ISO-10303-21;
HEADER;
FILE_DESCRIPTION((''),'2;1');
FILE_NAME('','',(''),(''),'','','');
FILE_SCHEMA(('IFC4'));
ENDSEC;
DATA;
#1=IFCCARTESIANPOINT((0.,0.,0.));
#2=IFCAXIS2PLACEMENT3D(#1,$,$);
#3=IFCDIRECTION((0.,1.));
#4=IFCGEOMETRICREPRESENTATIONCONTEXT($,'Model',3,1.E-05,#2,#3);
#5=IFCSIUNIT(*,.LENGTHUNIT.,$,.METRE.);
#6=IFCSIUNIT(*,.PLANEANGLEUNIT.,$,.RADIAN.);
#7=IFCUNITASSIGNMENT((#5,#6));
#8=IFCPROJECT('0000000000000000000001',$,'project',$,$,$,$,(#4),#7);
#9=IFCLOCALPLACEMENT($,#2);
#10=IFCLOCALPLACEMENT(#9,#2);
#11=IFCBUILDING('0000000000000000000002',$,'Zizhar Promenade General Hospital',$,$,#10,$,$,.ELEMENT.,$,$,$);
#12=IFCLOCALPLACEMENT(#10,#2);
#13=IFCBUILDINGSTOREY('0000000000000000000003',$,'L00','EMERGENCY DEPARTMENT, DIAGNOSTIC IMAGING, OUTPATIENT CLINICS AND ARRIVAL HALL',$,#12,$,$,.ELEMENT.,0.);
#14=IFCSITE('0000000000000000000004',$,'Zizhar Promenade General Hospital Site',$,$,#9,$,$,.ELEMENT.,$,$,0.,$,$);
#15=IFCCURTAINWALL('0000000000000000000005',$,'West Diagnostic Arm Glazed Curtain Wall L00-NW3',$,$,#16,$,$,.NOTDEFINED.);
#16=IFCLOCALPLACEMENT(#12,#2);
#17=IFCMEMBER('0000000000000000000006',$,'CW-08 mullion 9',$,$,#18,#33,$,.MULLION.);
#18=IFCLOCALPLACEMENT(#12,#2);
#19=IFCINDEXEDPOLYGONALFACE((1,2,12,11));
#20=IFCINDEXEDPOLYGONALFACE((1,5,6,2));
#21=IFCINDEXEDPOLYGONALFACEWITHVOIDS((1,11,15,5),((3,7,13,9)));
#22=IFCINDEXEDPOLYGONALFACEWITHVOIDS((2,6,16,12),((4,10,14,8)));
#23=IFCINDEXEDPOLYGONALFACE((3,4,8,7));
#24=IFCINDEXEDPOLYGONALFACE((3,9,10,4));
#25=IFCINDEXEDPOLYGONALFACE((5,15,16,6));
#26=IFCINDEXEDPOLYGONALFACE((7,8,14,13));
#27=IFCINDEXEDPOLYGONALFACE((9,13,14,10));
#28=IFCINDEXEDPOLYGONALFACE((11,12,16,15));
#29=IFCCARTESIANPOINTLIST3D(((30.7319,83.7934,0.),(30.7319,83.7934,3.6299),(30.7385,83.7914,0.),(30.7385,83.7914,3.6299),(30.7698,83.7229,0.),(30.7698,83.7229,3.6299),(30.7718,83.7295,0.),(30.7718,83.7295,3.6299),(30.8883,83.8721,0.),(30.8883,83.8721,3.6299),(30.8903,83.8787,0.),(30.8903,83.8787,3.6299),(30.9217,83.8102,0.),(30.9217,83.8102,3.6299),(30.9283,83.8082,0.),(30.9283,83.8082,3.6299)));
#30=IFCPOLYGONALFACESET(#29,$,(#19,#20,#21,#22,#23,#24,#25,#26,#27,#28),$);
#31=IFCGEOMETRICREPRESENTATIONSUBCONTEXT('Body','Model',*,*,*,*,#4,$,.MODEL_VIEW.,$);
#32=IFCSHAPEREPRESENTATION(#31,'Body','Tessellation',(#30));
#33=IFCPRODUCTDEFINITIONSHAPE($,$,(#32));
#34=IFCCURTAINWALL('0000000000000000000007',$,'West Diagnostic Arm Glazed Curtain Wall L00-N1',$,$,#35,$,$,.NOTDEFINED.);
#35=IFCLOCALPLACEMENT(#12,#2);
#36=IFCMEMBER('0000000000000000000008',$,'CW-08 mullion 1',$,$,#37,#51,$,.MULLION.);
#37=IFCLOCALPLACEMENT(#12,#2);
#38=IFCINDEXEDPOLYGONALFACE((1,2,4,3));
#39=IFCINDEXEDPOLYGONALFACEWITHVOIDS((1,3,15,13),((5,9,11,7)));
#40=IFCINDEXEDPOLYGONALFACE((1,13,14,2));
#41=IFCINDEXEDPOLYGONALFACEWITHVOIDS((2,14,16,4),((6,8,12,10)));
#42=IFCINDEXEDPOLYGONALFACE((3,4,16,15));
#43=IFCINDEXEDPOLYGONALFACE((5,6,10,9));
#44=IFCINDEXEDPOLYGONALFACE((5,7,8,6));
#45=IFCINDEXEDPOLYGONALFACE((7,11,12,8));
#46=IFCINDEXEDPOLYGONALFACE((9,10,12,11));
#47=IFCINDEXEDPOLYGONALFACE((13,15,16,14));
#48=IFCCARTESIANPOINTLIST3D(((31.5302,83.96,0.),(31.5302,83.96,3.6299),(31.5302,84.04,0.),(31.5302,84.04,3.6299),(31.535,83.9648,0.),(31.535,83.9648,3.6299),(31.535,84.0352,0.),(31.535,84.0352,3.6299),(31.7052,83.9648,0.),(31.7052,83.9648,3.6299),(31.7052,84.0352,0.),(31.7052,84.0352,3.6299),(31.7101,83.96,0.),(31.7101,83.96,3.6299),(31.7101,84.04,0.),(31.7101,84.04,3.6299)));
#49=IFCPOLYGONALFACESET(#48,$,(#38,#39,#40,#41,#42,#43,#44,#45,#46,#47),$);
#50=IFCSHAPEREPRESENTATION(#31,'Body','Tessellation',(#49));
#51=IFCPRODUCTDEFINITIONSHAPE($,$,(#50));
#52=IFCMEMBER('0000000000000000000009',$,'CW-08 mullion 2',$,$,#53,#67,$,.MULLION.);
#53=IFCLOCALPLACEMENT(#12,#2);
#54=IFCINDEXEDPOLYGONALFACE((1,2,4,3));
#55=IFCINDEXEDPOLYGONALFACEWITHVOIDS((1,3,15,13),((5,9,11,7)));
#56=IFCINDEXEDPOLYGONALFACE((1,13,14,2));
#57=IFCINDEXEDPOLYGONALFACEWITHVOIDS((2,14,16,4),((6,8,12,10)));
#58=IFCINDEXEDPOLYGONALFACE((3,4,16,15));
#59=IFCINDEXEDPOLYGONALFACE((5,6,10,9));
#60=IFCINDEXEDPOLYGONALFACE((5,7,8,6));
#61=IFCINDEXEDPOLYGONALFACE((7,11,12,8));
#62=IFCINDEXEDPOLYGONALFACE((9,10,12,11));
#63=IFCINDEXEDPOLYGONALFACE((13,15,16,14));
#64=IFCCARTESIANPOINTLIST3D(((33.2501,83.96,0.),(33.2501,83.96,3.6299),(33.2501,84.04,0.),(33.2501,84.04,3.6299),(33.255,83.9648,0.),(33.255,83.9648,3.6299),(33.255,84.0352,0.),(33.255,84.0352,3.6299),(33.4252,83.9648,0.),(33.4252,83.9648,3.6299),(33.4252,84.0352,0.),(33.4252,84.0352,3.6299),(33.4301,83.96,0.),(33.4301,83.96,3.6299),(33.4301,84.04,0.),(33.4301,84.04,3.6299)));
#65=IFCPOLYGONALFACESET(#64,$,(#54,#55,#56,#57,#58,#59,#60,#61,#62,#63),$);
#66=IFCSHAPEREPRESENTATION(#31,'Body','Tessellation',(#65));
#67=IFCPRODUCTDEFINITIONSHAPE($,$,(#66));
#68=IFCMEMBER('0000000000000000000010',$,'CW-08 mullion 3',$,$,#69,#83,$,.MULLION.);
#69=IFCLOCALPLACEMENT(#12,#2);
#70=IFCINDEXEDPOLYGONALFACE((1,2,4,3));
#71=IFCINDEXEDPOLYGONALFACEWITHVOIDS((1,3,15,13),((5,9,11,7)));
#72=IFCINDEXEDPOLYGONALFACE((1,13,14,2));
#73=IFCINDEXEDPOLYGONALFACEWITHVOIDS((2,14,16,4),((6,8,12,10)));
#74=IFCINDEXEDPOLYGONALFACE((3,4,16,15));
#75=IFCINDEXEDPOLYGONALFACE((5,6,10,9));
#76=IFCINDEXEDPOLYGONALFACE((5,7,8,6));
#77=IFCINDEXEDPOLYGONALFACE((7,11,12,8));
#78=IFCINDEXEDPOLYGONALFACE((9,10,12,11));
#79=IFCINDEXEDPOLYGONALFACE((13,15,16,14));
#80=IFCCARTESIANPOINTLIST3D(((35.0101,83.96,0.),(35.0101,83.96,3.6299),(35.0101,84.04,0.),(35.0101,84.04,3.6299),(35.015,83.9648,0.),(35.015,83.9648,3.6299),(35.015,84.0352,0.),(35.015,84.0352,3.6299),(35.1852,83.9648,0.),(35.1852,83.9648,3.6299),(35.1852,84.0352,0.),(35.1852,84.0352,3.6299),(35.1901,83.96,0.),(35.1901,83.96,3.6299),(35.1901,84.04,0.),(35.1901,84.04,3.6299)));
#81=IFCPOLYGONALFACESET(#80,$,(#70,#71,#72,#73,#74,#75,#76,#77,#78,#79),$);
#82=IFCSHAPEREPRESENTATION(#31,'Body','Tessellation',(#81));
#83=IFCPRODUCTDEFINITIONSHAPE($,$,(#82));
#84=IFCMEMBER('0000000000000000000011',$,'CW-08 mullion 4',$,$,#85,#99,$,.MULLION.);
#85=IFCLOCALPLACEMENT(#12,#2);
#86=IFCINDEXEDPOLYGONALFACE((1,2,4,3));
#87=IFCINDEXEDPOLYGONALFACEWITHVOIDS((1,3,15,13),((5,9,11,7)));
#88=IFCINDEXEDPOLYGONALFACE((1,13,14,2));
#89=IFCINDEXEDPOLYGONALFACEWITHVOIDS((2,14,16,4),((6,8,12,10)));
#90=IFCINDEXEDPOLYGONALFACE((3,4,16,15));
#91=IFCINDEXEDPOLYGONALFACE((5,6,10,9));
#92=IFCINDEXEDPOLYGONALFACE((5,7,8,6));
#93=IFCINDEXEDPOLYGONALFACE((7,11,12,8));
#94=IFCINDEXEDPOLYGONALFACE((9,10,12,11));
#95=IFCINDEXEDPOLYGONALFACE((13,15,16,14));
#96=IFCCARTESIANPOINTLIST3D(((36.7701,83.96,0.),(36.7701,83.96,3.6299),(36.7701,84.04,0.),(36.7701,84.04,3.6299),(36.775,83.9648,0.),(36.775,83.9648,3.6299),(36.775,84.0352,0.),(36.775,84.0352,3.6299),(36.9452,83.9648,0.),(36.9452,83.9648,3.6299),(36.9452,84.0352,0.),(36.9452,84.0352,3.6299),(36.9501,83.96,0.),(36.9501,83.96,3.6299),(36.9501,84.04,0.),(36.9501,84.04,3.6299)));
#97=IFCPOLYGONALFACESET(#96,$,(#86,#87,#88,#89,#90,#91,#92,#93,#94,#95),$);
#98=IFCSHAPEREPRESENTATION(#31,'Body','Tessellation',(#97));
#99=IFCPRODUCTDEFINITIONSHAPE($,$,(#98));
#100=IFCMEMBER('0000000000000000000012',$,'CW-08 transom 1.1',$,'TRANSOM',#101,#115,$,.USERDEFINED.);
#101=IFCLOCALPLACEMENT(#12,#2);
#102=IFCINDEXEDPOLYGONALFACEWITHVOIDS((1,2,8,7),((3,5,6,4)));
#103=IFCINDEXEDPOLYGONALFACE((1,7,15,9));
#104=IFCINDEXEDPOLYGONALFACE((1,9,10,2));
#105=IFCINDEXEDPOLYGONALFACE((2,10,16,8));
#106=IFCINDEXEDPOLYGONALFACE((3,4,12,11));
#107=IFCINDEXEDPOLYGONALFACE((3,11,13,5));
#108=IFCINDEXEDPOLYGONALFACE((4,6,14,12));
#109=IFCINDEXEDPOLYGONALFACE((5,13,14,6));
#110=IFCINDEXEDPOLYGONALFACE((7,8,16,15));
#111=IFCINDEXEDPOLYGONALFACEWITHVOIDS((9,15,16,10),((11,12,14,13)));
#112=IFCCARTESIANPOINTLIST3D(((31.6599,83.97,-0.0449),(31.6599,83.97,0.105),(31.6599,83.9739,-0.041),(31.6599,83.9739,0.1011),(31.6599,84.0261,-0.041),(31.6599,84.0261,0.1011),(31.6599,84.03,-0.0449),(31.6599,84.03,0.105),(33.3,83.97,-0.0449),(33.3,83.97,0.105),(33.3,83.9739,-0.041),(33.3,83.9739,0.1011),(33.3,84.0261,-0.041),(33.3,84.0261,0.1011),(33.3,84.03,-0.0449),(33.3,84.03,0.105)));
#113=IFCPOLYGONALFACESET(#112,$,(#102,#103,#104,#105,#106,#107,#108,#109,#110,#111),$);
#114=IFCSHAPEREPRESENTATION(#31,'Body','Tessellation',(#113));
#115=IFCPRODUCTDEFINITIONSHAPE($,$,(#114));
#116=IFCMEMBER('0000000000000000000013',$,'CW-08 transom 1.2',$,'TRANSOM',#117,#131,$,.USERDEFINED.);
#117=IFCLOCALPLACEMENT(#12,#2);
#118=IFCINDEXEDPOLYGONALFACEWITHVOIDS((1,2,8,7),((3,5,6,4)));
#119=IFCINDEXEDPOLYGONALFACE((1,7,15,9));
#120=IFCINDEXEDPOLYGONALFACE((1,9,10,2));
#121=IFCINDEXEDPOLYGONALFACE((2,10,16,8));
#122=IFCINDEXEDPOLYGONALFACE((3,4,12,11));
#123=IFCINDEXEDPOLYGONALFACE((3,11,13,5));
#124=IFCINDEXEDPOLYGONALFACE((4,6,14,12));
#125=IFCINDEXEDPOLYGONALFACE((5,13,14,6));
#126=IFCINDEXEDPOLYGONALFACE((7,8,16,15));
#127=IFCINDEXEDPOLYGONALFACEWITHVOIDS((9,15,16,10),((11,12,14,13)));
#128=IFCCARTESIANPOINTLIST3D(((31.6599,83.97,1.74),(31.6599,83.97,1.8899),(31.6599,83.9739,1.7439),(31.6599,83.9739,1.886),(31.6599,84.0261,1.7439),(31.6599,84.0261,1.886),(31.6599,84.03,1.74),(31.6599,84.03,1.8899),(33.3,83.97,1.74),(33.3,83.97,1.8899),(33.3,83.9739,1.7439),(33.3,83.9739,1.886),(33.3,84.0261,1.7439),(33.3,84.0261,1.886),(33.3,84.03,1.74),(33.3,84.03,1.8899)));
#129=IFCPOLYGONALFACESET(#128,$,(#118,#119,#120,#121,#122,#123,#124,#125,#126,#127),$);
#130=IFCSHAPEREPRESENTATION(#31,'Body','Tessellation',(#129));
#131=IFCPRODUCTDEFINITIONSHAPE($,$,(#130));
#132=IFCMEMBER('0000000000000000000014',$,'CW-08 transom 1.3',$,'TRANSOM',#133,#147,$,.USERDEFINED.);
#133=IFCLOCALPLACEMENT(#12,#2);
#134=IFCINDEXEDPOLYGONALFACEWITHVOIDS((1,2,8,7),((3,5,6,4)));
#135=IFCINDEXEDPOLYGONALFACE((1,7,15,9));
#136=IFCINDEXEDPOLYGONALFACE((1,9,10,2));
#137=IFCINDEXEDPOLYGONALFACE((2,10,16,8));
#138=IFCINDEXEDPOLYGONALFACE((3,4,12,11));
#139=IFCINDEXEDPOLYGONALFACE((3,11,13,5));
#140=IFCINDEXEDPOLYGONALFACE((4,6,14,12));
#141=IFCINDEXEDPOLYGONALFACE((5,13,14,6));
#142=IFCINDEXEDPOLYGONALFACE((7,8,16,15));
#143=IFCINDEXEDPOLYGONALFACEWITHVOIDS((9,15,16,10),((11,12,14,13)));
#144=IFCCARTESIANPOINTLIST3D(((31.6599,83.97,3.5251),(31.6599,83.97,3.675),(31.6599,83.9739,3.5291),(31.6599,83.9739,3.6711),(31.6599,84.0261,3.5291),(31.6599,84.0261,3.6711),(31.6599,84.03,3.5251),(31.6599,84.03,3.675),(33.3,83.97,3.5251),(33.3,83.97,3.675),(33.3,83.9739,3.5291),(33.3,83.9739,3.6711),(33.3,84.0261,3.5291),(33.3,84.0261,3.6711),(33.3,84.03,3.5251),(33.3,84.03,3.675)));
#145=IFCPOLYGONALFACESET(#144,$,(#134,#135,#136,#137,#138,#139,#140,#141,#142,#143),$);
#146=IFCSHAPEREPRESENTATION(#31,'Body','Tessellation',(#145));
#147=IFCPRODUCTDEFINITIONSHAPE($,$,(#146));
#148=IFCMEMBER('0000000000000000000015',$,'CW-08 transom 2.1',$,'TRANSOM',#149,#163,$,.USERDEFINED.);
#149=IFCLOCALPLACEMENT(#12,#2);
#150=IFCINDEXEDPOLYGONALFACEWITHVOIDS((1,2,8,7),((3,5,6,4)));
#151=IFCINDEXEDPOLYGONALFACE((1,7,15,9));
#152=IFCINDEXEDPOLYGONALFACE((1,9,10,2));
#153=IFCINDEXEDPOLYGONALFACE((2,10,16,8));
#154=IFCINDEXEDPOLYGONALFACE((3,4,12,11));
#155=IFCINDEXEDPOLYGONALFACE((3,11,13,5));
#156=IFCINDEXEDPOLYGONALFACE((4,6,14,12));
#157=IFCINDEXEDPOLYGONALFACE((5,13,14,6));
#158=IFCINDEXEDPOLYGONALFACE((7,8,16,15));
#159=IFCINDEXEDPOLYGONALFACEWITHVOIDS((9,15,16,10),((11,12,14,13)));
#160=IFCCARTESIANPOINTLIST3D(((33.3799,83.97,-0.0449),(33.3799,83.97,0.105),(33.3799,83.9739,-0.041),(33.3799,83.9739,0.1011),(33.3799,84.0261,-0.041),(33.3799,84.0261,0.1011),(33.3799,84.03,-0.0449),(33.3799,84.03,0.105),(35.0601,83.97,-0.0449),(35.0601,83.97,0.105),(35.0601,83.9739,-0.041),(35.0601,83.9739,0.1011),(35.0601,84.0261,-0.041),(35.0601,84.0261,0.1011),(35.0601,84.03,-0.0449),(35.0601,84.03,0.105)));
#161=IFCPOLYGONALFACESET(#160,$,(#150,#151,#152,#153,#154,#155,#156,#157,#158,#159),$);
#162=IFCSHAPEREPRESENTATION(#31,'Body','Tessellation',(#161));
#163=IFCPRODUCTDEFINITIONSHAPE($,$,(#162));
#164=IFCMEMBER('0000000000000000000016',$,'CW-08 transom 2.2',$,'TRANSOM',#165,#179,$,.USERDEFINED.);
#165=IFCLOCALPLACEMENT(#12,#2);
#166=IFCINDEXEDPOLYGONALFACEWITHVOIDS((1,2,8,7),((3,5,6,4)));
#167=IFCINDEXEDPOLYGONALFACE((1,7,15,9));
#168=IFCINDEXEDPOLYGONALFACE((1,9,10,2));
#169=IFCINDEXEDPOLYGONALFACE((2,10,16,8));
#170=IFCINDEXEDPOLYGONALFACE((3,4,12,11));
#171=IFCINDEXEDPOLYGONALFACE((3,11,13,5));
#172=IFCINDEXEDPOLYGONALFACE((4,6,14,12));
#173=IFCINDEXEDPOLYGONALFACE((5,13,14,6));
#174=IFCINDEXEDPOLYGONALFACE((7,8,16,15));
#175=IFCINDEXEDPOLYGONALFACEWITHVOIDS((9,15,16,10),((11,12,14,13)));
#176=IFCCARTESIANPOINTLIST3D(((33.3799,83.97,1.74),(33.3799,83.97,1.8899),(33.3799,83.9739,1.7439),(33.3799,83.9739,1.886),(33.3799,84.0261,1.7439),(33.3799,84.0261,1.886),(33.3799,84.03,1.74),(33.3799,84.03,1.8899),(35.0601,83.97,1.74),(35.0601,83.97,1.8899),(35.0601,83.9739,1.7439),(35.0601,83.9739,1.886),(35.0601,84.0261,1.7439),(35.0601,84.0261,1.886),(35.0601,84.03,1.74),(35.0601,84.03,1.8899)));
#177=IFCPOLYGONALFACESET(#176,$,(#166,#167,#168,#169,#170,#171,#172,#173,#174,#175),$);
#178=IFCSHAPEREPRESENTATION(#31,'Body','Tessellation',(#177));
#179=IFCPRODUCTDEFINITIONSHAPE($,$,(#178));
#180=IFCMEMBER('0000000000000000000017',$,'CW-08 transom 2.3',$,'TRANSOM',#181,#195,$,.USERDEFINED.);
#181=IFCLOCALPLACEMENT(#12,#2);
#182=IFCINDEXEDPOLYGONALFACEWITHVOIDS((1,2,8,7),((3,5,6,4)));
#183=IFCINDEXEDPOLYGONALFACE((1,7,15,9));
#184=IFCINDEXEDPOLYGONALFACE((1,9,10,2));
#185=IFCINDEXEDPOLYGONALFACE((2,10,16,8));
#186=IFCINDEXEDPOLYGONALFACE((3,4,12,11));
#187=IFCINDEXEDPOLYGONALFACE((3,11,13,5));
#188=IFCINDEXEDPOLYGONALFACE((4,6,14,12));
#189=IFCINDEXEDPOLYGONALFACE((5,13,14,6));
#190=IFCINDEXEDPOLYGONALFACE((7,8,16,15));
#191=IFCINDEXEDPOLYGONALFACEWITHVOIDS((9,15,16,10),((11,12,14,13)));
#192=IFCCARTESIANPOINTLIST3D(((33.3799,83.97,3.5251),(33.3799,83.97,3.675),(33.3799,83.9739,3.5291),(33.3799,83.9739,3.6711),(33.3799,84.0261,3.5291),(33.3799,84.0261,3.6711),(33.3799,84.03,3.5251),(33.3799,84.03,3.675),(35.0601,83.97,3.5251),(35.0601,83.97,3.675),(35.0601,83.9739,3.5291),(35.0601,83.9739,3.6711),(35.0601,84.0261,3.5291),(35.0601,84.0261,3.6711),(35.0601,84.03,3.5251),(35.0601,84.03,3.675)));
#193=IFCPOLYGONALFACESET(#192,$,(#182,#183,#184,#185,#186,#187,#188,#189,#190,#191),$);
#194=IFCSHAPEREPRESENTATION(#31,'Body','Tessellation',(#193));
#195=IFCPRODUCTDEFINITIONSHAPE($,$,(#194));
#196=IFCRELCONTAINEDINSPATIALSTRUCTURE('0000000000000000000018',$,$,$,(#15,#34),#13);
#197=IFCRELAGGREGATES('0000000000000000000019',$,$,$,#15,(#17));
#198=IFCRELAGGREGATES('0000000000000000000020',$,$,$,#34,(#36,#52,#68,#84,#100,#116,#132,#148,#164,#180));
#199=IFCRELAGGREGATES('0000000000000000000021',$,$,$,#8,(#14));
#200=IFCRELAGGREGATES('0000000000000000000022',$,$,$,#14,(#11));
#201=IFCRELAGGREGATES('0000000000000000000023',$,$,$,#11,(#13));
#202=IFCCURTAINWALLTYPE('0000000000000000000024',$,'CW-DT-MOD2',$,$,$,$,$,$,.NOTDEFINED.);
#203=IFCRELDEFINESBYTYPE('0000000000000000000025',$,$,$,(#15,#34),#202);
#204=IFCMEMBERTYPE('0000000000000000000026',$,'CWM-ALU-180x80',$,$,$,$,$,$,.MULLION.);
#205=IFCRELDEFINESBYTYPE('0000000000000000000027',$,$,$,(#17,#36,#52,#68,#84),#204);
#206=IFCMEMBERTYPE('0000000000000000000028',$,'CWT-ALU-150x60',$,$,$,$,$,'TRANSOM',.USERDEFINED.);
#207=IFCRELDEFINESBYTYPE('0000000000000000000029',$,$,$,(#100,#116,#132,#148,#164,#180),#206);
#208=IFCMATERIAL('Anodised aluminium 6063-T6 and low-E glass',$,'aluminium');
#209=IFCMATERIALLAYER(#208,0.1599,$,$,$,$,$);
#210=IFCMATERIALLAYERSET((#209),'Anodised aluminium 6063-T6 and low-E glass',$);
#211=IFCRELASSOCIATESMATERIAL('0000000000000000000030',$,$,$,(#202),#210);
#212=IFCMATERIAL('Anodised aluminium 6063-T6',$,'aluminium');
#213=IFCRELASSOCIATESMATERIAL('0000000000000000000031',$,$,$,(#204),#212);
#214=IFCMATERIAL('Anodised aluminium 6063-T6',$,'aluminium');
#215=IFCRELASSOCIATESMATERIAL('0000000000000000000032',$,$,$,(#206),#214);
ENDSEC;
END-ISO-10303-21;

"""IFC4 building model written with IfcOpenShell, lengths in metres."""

from ifc_helpers import new_model, si_unit, direction, frame, origin, origin_2d, place, context, subcontext, project, spatial, hollow_rectangle, extrude, material, layer, layer_set, material_profile, profile_set, type_object, element, aggregate, save


model = new_model("IFC4")

# Units and contexts
model_context = context("Model", 3, precision=1e-05, world=origin(), true_north=direction((0.0, 1.0)))
body_context = subcontext(model_context, "Body", "Model", "MODEL_VIEW")
ifc_project = project(units=[si_unit("LENGTHUNIT", "METRE"), si_unit("PLANEANGLEUNIT", "RADIAN")], contexts=[model_context])

# Site, building, storey
site_placement = place(None, origin())
site = spatial("IfcSite", under=ifc_project, at=site_placement, Name="Zizhar Promenade General Hospital Site", CompositionType="ELEMENT", RefElevation=0.0)
building_placement = place(site_placement, origin())
building = spatial("IfcBuilding", under=site, at=building_placement, Name="Zizhar Promenade General Hospital", CompositionType="ELEMENT")
storey_placement = place(building_placement, origin())
storey = spatial("IfcBuildingStorey", under=building, at=storey_placement, Name="L00", Description="EMERGENCY DEPARTMENT, DIAGNOSTIC IMAGING, OUTPATIENT CLINICS AND ARRIVAL HALL", CompositionType="ELEMENT", Elevation=0.0)

# Curtain wall, member
ifc_material_1 = material(Name="Anodised aluminium 6063-T6 and low-E glass", Category="aluminium")
ifc_layer_1 = layer(ifc_material_1, 0.1599)
ifc_layer_set_1 = layer_set([ifc_layer_1], Name="Anodised aluminium 6063-T6 and low-E glass")
curtain_wall_type = type_object("IfcCurtainWallType", Name="CW-DT-MOD2", PredefinedType="NOTDEFINED", material=ifc_layer_set_1)
curtain_wall_1_placement = place(storey_placement, origin())
curtain_wall_1 = element("IfcCurtainWall", 1, at=curtain_wall_1_placement, inside=storey, type_object=curtain_wall_type, Name="West Diagnostic Arm Glazed Curtain Wall L00-NW3", PredefinedType="NOTDEFINED")
ifc_material_2 = material(Name="Anodised aluminium 6063-T6", Category="aluminium")
ifc_material_profile_1 = material_profile(ifc_material_2, hollow_rectangle(XDim=0.0801, YDim=0.1799, WallThickness=0.0049, at=origin_2d()))
ifc_profile_set_1 = profile_set([ifc_material_profile_1], Name="Anodised aluminium 6063-T6")
member_type_1 = type_object("IfcMemberType", Name="CWM-ALU-180x80", PredefinedType="MULLION", material=ifc_profile_set_1)
member_1_placement = place(storey_placement, frame((30.8301, 83.8008, 0.0), z_axis=(0.0, 0.0, 1.0), x_axis=(-0.474097, 0.880473, 0.0)))
member_1 = element("IfcMember", 2, at=member_1_placement, type_object=member_type_1, Name="CW-08 mullion 9", PredefinedType="MULLION", context=body_context, shape_type="SweptSolid", body=[
    extrude(hollow_rectangle(XDim=0.0801, YDim=0.1799, WallThickness=0.0049, at=origin_2d()), origin(), (0.0, 0.0, 1.0), 3.6299),
])

# Curtain wall, members
curtain_wall_2_placement = place(storey_placement, origin())
curtain_wall_2 = element("IfcCurtainWall", 3, at=curtain_wall_2_placement, inside=storey, type_object=curtain_wall_type, Name="West Diagnostic Arm Glazed Curtain Wall L00-N1", PredefinedType="NOTDEFINED")
member_2_placement = place(storey_placement, frame((31.6201, 84.0, 0.0), z_axis=(0.0, 0.0, 1.0), x_axis=(0.0, 1.0, 0.0)))
member_2 = element("IfcMember", 4, at=member_2_placement, type_object=member_type_1, Name="CW-08 mullion 1", PredefinedType="MULLION", context=body_context, shape_type="SweptSolid", body=[
    extrude(hollow_rectangle(XDim=0.0801, YDim=0.1799, WallThickness=0.0049, at=origin_2d()), origin(), (0.0, 0.0, 1.0), 3.6299),
])
member_3_placement = place(storey_placement, frame((33.3401, 84.0, 0.0), z_axis=(0.0, 0.0, 1.0), x_axis=(0.0, 1.0, 0.0)))
member_3 = element("IfcMember", 5, at=member_3_placement, type_object=member_type_1, Name="CW-08 mullion 2", PredefinedType="MULLION", context=body_context, shape_type="SweptSolid", body=[
    extrude(hollow_rectangle(XDim=0.0801, YDim=0.1799, WallThickness=0.0049, at=origin_2d()), origin(), (0.0, 0.0, 1.0), 3.6299),
])
member_4_placement = place(storey_placement, frame((35.1001, 84.0, 0.0), z_axis=(0.0, 0.0, 1.0), x_axis=(0.0, 1.0, 0.0)))
member_4 = element("IfcMember", 6, at=member_4_placement, type_object=member_type_1, Name="CW-08 mullion 3", PredefinedType="MULLION", context=body_context, shape_type="SweptSolid", body=[
    extrude(hollow_rectangle(XDim=0.0801, YDim=0.1799, WallThickness=0.0049, at=origin_2d()), origin(), (0.0, 0.0, 1.0), 3.6299),
])
member_5_placement = place(storey_placement, frame((36.8601, 84.0, 0.0), z_axis=(0.0, 0.0, 1.0), x_axis=(0.0, 1.0, 0.0)))
member_5 = element("IfcMember", 7, at=member_5_placement, type_object=member_type_1, Name="CW-08 mullion 4", PredefinedType="MULLION", context=body_context, shape_type="SweptSolid", body=[
    extrude(hollow_rectangle(XDim=0.0801, YDim=0.1799, WallThickness=0.0049, at=origin_2d()), origin(), (0.0, 0.0, 1.0), 3.6299),
])
ifc_material_3 = material(Name="Anodised aluminium 6063-T6", Category="aluminium")
ifc_material_profile_2 = material_profile(ifc_material_3, hollow_rectangle(XDim=0.0601, YDim=0.1499, WallThickness=0.0039, at=origin_2d()))
ifc_profile_set_2 = profile_set([ifc_material_profile_2], Name="Anodised aluminium 6063-T6")
member_type_2 = type_object("IfcMemberType", Name="CWT-ALU-150x60", ElementType="TRANSOM", PredefinedType="USERDEFINED", material=ifc_profile_set_2)
member_6_placement = place(storey_placement, frame((31.6599, 84.0, 0.03), z_axis=(1.0, 0.0, 0.0), x_axis=(0.0, 1.0, 0.0)))
member_6 = element("IfcMember", 8, at=member_6_placement, type_object=member_type_2, Name="CW-08 transom 1.1", ObjectType="TRANSOM", PredefinedType="USERDEFINED", context=body_context, shape_type="SweptSolid", body=[
    extrude(hollow_rectangle(XDim=0.0601, YDim=0.1499, WallThickness=0.0039, at=origin_2d()), origin(), (0.0, 0.0, 1.0), 1.6401),
])
member_7_placement = place(storey_placement, frame((31.6599, 84.0, 1.8149), z_axis=(1.0, 0.0, 0.0), x_axis=(0.0, 1.0, 0.0)))
member_7 = element("IfcMember", 9, at=member_7_placement, type_object=member_type_2, Name="CW-08 transom 1.2", ObjectType="TRANSOM", PredefinedType="USERDEFINED", context=body_context, shape_type="SweptSolid", body=[
    extrude(hollow_rectangle(XDim=0.0601, YDim=0.1499, WallThickness=0.0039, at=origin_2d()), origin(), (0.0, 0.0, 1.0), 1.6401),
])
member_8_placement = place(storey_placement, frame((31.6599, 84.0, 3.6001), z_axis=(1.0, 0.0, 0.0), x_axis=(0.0, 1.0, 0.0)))
member_8 = element("IfcMember", 10, at=member_8_placement, type_object=member_type_2, Name="CW-08 transom 1.3", ObjectType="TRANSOM", PredefinedType="USERDEFINED", context=body_context, shape_type="SweptSolid", body=[
    extrude(hollow_rectangle(XDim=0.0601, YDim=0.1499, WallThickness=0.0039, at=origin_2d()), origin(), (0.0, 0.0, 1.0), 1.6401),
])
member_9_placement = place(storey_placement, frame((33.3799, 84.0, 0.03), z_axis=(1.0, 0.0, 0.0), x_axis=(0.0, 1.0, 0.0)))
member_9 = element("IfcMember", 11, at=member_9_placement, type_object=member_type_2, Name="CW-08 transom 2.1", ObjectType="TRANSOM", PredefinedType="USERDEFINED", context=body_context, shape_type="SweptSolid", body=[
    extrude(hollow_rectangle(XDim=0.0601, YDim=0.1499, WallThickness=0.0039, at=origin_2d()), origin(), (0.0, 0.0, 1.0), 1.6802),
])
member_10_placement = place(storey_placement, frame((33.3799, 84.0, 1.8149), z_axis=(1.0, 0.0, 0.0), x_axis=(0.0, 1.0, 0.0)))
member_10 = element("IfcMember", 12, at=member_10_placement, type_object=member_type_2, Name="CW-08 transom 2.2", ObjectType="TRANSOM", PredefinedType="USERDEFINED", context=body_context, shape_type="SweptSolid", body=[
    extrude(hollow_rectangle(XDim=0.0601, YDim=0.1499, WallThickness=0.0039, at=origin_2d()), origin(), (0.0, 0.0, 1.0), 1.6802),
])
member_11_placement = place(storey_placement, frame((33.3799, 84.0, 3.6001), z_axis=(1.0, 0.0, 0.0), x_axis=(0.0, 1.0, 0.0)))
member_11 = element("IfcMember", 13, at=member_11_placement, type_object=member_type_2, Name="CW-08 transom 2.3", ObjectType="TRANSOM", PredefinedType="USERDEFINED", context=body_context, shape_type="SweptSolid", body=[
    extrude(hollow_rectangle(XDim=0.0601, YDim=0.1499, WallThickness=0.0039, at=origin_2d()), origin(), (0.0, 0.0, 1.0), 1.6802),
])

aggregate(curtain_wall_1, [member_1])
aggregate(curtain_wall_2, [member_2, member_3, member_4, member_5, member_6, member_7, member_8, member_9, member_10, member_11])

save(model, "model.ifc")
